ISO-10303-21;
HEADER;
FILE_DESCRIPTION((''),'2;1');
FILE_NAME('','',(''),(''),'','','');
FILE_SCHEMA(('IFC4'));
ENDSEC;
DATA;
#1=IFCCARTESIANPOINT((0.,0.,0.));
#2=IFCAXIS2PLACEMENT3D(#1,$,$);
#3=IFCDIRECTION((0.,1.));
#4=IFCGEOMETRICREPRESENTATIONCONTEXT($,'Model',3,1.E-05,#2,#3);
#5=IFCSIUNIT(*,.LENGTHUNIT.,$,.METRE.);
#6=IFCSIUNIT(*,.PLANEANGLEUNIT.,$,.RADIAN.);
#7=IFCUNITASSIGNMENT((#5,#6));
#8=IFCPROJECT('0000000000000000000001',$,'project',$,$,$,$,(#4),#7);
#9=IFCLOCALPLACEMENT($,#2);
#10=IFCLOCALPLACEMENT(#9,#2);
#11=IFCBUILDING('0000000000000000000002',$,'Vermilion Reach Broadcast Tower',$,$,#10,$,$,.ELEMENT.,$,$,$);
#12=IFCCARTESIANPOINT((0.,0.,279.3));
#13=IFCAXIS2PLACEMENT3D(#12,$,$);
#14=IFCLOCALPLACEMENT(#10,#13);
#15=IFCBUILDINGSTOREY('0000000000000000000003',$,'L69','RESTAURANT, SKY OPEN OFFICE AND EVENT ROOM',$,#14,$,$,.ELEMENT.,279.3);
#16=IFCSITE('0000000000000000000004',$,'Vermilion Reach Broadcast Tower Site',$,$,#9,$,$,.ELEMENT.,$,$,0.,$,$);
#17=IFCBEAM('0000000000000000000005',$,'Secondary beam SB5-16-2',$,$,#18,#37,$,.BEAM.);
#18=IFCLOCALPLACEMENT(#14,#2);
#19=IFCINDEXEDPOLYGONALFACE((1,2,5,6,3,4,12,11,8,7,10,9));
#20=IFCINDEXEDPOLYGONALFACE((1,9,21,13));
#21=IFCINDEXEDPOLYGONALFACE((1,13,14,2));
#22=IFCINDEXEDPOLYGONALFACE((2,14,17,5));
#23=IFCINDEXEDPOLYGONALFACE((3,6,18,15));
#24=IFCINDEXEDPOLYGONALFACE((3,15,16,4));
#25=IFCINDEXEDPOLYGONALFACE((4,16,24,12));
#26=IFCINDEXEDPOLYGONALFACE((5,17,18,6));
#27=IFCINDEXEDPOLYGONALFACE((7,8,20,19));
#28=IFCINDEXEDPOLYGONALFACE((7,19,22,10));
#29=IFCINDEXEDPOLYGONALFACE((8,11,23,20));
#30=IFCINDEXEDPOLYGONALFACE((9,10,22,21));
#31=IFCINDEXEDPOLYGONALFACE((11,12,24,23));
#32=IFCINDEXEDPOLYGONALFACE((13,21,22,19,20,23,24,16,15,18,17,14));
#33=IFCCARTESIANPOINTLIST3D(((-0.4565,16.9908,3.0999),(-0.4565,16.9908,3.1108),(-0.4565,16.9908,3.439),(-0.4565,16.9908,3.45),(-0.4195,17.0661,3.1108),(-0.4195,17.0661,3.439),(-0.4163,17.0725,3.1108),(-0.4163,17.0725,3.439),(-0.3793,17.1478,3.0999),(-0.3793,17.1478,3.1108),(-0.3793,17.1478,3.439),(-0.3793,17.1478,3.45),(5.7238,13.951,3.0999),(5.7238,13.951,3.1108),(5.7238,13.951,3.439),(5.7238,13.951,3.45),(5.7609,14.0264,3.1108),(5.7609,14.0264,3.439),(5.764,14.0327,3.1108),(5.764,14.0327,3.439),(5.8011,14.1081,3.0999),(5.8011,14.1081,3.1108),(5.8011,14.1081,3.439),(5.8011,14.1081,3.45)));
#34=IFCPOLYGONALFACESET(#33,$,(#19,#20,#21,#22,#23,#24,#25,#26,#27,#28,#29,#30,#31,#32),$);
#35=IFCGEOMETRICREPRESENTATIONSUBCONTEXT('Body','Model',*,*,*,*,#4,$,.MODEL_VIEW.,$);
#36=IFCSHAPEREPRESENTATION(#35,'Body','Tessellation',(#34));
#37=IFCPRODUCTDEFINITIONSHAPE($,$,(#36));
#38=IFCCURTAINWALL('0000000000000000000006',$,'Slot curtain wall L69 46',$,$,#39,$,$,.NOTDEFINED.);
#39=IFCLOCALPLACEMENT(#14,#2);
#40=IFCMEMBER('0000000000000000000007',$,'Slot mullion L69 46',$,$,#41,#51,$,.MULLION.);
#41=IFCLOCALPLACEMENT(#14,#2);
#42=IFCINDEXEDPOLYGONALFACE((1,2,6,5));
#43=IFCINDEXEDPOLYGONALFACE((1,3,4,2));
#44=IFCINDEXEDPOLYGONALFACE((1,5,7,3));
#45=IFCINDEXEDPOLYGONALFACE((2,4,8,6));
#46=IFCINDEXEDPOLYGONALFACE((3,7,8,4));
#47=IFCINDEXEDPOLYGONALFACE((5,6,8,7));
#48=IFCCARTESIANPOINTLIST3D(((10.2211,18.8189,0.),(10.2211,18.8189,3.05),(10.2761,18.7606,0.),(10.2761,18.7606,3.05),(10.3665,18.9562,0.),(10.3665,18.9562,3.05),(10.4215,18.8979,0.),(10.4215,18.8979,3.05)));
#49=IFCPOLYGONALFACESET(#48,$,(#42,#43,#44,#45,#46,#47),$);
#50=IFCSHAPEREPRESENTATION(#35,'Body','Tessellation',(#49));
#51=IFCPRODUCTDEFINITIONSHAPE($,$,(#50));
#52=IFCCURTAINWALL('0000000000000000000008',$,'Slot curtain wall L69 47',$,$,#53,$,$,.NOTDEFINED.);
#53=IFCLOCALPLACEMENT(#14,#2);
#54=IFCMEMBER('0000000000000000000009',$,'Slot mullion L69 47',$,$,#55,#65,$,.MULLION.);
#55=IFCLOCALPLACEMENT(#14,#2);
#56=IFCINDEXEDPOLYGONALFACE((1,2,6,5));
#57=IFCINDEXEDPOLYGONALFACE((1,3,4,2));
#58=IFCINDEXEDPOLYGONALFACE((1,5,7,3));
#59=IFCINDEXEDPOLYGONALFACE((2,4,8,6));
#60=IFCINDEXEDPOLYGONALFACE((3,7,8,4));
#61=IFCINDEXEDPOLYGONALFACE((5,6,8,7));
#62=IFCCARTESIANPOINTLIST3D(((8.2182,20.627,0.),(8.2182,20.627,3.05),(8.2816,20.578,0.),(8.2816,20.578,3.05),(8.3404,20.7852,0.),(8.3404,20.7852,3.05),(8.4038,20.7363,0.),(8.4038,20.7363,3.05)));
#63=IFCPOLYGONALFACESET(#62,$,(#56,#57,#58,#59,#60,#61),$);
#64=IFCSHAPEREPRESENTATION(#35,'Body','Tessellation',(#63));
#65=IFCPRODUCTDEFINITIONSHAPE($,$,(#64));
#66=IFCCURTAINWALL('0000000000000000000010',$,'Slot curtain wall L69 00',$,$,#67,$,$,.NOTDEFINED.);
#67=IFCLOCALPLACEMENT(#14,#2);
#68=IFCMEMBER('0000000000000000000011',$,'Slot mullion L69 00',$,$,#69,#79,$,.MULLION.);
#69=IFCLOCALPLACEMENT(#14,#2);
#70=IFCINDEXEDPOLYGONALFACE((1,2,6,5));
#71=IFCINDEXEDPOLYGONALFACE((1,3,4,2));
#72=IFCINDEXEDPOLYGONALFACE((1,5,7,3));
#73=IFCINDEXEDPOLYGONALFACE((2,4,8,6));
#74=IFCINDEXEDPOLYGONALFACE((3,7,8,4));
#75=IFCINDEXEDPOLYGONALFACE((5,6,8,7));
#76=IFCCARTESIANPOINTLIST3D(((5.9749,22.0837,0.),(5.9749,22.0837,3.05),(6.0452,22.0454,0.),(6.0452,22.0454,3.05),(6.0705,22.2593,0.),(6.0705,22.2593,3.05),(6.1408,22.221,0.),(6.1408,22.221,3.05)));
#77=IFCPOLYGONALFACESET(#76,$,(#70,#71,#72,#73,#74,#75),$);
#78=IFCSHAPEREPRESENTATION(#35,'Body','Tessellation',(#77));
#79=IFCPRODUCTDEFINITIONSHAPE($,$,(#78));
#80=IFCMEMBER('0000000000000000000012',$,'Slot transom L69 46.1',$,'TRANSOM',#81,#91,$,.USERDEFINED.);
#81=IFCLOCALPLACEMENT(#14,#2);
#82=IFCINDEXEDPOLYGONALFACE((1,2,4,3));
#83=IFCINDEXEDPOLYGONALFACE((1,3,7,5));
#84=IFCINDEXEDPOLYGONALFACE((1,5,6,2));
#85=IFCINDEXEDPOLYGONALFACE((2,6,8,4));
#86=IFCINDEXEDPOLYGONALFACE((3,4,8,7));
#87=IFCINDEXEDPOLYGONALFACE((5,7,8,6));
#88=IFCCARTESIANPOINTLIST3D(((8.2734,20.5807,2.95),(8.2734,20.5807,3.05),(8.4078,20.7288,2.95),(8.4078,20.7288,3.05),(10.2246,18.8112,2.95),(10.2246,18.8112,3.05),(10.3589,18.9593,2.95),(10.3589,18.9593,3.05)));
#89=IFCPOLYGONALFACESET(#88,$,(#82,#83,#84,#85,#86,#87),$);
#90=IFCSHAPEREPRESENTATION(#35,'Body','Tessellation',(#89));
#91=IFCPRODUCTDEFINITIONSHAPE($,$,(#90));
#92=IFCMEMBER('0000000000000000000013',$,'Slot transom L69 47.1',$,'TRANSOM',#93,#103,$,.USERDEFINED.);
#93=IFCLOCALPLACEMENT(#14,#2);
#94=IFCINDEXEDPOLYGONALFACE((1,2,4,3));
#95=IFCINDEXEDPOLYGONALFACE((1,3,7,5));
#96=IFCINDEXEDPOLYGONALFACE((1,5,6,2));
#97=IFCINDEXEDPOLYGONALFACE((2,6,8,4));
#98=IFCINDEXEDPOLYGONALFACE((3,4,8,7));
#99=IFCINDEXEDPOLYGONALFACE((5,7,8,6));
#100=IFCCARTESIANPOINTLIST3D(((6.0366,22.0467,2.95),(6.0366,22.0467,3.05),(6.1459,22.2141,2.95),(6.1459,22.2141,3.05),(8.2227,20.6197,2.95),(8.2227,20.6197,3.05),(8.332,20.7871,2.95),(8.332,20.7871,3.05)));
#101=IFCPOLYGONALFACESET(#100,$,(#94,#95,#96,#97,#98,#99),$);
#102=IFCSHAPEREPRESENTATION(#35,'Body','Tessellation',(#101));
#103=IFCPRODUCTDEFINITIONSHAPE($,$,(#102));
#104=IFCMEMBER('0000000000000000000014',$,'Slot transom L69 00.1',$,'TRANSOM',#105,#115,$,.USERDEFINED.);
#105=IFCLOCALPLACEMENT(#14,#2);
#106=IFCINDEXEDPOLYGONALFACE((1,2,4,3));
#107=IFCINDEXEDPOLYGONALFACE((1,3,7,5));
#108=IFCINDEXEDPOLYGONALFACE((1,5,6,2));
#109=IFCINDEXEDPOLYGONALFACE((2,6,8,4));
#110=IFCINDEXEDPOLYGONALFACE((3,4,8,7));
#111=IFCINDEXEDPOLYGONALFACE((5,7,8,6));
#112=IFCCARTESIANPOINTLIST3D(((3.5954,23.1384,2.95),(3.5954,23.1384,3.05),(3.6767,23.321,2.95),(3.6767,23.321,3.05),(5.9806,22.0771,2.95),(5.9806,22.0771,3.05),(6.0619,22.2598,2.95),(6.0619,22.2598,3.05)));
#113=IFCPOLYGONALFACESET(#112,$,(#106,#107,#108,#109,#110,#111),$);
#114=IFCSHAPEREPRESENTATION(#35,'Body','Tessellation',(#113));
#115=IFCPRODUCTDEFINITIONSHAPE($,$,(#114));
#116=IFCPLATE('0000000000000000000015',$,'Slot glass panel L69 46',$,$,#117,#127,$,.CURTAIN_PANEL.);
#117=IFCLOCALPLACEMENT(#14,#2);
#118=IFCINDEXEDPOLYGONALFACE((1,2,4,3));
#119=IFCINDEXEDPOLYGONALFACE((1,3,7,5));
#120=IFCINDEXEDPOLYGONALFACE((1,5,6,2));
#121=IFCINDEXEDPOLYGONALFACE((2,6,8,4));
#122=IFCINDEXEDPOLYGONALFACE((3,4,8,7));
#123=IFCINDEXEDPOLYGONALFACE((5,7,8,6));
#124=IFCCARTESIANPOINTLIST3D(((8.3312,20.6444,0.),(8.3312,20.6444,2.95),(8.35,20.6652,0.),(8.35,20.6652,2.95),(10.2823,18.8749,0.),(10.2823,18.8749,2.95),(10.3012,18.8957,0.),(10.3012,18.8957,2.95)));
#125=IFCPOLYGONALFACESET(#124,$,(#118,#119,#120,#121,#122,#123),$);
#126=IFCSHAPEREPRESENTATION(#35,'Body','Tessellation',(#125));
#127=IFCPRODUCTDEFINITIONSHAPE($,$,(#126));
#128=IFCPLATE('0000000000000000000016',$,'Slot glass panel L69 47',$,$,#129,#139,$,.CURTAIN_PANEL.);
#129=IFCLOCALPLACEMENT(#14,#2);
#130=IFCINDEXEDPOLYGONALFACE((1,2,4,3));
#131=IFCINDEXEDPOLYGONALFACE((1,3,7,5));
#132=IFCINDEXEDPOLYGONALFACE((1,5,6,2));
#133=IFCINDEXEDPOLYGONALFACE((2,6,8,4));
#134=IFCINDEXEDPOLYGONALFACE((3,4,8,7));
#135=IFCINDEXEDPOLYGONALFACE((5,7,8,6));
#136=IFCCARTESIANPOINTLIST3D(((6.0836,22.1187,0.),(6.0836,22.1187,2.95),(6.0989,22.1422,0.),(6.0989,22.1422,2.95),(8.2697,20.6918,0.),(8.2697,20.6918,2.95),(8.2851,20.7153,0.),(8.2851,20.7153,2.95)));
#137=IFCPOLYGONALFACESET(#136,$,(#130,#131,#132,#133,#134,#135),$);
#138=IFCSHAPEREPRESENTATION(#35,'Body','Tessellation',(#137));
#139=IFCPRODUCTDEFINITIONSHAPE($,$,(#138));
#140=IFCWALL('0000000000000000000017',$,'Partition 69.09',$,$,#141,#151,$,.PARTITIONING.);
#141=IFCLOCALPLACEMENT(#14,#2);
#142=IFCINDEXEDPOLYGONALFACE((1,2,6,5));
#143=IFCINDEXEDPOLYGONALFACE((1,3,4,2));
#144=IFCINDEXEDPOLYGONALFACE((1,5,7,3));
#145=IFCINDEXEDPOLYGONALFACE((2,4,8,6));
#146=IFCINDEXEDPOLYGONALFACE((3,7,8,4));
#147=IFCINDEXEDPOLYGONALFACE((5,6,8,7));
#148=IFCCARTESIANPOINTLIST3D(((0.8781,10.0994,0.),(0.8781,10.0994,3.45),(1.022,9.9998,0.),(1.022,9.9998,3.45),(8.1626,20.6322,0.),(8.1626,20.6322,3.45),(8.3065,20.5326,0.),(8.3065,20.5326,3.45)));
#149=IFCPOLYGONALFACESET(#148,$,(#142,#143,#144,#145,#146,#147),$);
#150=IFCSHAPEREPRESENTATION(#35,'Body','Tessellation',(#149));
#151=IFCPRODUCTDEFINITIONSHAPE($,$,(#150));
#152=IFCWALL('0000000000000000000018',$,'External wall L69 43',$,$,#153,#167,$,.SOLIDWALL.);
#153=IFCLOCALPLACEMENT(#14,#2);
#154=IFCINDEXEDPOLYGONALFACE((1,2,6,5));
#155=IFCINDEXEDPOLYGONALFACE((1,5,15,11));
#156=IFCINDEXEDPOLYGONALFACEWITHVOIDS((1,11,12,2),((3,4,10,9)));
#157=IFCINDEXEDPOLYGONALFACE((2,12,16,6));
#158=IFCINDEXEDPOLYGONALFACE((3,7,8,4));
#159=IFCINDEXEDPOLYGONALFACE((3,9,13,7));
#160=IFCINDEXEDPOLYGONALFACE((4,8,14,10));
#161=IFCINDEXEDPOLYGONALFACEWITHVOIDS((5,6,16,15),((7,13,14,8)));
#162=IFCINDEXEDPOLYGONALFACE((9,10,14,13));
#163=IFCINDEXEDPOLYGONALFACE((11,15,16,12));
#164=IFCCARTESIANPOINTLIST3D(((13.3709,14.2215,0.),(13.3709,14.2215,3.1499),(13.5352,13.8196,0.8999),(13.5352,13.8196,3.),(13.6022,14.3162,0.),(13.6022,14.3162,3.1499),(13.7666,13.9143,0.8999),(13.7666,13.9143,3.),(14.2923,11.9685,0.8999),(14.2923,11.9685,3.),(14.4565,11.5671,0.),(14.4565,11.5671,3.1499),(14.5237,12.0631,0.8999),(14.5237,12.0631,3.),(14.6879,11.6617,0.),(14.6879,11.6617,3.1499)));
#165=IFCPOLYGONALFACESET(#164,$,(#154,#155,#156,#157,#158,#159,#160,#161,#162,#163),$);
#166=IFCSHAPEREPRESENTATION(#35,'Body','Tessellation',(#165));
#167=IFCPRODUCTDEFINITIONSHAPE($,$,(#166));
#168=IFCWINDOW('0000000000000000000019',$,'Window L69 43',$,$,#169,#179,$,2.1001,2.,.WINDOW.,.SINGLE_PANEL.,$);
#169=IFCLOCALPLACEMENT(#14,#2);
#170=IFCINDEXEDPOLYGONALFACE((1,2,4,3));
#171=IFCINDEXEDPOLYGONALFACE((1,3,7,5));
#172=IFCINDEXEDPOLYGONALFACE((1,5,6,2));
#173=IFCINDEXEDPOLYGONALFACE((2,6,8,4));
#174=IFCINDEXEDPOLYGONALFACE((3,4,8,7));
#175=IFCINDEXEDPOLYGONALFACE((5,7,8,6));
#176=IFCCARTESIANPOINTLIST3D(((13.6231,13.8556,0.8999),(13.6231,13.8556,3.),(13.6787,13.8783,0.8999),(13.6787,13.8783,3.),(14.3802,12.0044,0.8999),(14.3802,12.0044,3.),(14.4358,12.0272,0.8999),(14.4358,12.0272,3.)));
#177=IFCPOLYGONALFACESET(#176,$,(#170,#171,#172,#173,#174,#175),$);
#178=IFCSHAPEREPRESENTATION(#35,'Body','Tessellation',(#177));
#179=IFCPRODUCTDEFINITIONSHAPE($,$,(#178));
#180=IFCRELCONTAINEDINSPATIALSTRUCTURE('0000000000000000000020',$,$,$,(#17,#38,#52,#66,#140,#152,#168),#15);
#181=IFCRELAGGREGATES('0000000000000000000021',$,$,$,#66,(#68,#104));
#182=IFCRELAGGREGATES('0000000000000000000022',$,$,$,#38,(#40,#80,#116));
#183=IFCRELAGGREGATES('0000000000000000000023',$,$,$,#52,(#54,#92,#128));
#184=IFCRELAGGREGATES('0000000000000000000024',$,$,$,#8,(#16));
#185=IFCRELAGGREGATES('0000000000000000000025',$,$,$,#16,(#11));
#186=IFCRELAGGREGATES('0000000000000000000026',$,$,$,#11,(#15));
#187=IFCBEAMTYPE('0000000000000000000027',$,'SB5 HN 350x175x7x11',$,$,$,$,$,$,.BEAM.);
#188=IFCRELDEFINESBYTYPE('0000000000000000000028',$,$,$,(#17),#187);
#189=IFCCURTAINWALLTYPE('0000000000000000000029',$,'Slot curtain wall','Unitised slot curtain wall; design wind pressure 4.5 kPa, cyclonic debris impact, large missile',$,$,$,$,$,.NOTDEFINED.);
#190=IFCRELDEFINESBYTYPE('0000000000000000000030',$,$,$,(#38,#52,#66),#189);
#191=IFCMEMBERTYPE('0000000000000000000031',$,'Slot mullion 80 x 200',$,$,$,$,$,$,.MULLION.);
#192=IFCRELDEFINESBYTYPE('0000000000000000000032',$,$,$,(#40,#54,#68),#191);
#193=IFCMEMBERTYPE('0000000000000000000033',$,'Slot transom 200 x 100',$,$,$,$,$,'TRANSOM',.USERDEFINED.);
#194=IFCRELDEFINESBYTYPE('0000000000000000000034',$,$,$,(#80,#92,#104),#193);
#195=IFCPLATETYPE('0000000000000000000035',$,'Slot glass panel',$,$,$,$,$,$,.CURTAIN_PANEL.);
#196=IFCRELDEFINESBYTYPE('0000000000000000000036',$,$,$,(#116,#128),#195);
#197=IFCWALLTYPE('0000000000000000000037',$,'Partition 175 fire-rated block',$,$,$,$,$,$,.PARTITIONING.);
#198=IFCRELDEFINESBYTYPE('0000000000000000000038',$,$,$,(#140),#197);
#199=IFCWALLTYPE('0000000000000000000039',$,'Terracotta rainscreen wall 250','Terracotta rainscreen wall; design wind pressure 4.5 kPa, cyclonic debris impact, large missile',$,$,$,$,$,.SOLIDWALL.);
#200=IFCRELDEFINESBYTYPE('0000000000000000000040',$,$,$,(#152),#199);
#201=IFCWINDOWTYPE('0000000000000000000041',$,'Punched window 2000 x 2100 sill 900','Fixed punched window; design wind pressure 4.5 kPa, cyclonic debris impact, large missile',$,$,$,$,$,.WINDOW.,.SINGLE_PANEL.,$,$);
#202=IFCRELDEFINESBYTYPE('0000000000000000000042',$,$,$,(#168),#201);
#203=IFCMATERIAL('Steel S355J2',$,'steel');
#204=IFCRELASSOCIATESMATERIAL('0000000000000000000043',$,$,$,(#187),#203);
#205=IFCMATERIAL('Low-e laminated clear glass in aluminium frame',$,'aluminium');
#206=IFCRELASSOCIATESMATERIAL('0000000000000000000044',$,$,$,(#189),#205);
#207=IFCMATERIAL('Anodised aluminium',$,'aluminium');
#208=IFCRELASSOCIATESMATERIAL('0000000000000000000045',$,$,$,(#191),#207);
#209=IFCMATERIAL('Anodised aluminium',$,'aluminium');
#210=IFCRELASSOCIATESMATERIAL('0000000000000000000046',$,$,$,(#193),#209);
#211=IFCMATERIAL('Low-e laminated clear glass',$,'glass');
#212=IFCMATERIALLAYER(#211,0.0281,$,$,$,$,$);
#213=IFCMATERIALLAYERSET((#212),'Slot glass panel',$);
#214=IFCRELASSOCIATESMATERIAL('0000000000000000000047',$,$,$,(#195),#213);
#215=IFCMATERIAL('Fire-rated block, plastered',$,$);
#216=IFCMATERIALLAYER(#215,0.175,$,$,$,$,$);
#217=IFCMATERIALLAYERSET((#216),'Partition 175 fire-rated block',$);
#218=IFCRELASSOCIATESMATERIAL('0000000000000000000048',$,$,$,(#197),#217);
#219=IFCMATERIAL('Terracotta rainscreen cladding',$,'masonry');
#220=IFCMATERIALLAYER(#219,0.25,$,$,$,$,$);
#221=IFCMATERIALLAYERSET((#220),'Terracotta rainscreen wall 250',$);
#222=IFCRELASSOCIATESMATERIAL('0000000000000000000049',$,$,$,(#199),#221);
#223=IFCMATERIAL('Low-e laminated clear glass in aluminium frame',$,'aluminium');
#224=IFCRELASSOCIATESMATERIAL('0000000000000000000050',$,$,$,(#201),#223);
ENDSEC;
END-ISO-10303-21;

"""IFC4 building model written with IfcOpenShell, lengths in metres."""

from ifc_helpers import new_model, si_unit, direction, frame, frame_2d, origin, origin_2d, place, context, subcontext, project, spatial, rectangle, i_section, extrude, material, layer, layer_set, material_profile, profile_set, type_object, element, fill, aggregate, save


model = new_model("IFC4")

# Units and contexts
model_context = context("Model", 3, precision=1e-05, world=origin(), true_north=direction((0.0, 1.0)))
body_context = subcontext(model_context, "Body", "Model", "MODEL_VIEW")
ifc_project = project(units=[si_unit("LENGTHUNIT", "METRE"), si_unit("PLANEANGLEUNIT", "RADIAN")], contexts=[model_context])

# Site, building, storey
site_placement = place(None, origin())
site = spatial("IfcSite", under=ifc_project, at=site_placement, Name="Vermilion Reach Broadcast Tower Site", CompositionType="ELEMENT", RefElevation=0.0)
building_placement = place(site_placement, origin())
building = spatial("IfcBuilding", under=site, at=building_placement, Name="Vermilion Reach Broadcast Tower", CompositionType="ELEMENT")
storey_placement = place(building_placement, frame((0.0, 0.0, 279.3)))
storey = spatial("IfcBuildingStorey", under=building, at=storey_placement, Name="L69", Description="RESTAURANT, SKY OPEN OFFICE AND EVENT ROOM", CompositionType="ELEMENT", Elevation=279.3)

# Beam
ifc_material_1 = material(Name="Steel S355J2", Category="steel")
ifc_material_profile_1 = material_profile(ifc_material_1, i_section(OverallWidth=0.175, OverallDepth=0.3501, WebThickness=0.0071, FlangeThickness=0.011, at=origin_2d()), Name="S355J2 HN 350x175x7x11")
ifc_profile_set_1 = profile_set([ifc_material_profile_1], Name="Steel S355J2")
beam_type_1 = type_object("IfcBeamType", Name="SB5 HN 350x175x7x11", PredefinedType="BEAM", material=ifc_profile_set_1)
beam_1_placement = place(storey_placement, frame((5.7625, 14.0295, 3.2749), z_axis=(-0.897336, 0.441348, 0.0), x_axis=(-0.441348, -0.897336, 0.0)))
element("IfcBeam", 1, at=beam_1_placement, inside=storey, type_object=beam_type_1, Name="Secondary beam SB5-16-2", PredefinedType="BEAM", context=body_context, shape_type="SweptSolid", body=[
    extrude(i_section(OverallWidth=0.175, OverallDepth=0.3501, WebThickness=0.0071, FlangeThickness=0.011, at=origin_2d()), origin(), (0.0, 0.0, 1.0), 6.8875),
])

# Curtain walls, members
ifc_material_2 = material(Name="Low-e laminated clear glass in aluminium frame", Category="aluminium")
curtain_wall_type = type_object("IfcCurtainWallType", Name="Slot curtain wall", Description="Unitised slot curtain wall; design wind pressure 4.5 kPa, cyclonic debris impact, large missile", PredefinedType="NOTDEFINED", material=ifc_material_2)
placement = place(storey_placement, origin())
curtain_wall_1 = element("IfcCurtainWall", 2, at=placement, inside=storey, type_object=curtain_wall_type, Name="Slot curtain wall L69 46", PredefinedType="NOTDEFINED")
ifc_material_3 = material(Name="Anodised aluminium", Category="aluminium")
ifc_material_profile_2 = material_profile(ifc_material_3, rectangle(XDim=0.2, YDim=0.0801, at=origin_2d()), Name="Slot mullion 80 x 200")
ifc_profile_set_2 = profile_set([ifc_material_profile_2], Name="Anodised aluminium")
member_type_1 = type_object("IfcMemberType", Name="Slot mullion 80 x 200", PredefinedType="MULLION", material=ifc_profile_set_2)
member_1_placement = place(storey_placement, frame((10.3213, 18.8584, 0.0), z_axis=(0.0, 0.0, 1.0), x_axis=(-0.726976, -0.686663, 0.0)))
member_1 = element("IfcMember", 3, at=member_1_placement, type_object=member_type_1, Name="Slot mullion L69 46", PredefinedType="MULLION", context=body_context, shape_type="SweptSolid", body=[
    extrude(rectangle(XDim=0.2, YDim=0.0801, at=origin_2d()), origin(), (0.0, 0.0, 1.0), 3.05),
])
curtain_wall_2 = element("IfcCurtainWall", 4, at=placement, inside=storey, type_object=curtain_wall_type, Name="Slot curtain wall L69 47", PredefinedType="NOTDEFINED")
member_2_placement = place(storey_placement, frame((8.311, 20.6816, 0.0), z_axis=(0.0, 0.0, 1.0), x_axis=(-0.611098, -0.791555, 0.0)))
member_2 = element("IfcMember", 5, at=member_2_placement, type_object=member_type_1, Name="Slot mullion L69 47", PredefinedType="MULLION", context=body_context, shape_type="SweptSolid", body=[
    extrude(rectangle(XDim=0.2, YDim=0.0801, at=origin_2d()), origin(), (0.0, 0.0, 1.0), 3.05),
])
curtain_wall_3 = element("IfcCurtainWall", 6, at=placement, inside=storey, type_object=curtain_wall_type, Name="Slot curtain wall L69 00", PredefinedType="NOTDEFINED")
member_3_placement = place(storey_placement, frame((6.0579, 22.1523, 0.0), z_axis=(0.0, 0.0, 1.0), x_axis=(-0.478079, -0.878317, 0.0)))
member_3 = element("IfcMember", 7, at=member_3_placement, type_object=member_type_1, Name="Slot mullion L69 00", PredefinedType="MULLION", context=body_context, shape_type="SweptSolid", body=[
    extrude(rectangle(XDim=0.2, YDim=0.0801, at=origin_2d()), origin(), (0.0, 0.0, 1.0), 3.05),
])

# Members
ifc_material_4 = material(Name="Anodised aluminium", Category="aluminium")
ifc_material_profile_3 = material_profile(ifc_material_4, rectangle(XDim=0.2, YDim=0.1001, at=origin_2d()), Name="Slot transom 200 x 100")
ifc_profile_set_3 = profile_set([ifc_material_profile_3], Name="Anodised aluminium")
member_type_2 = type_object("IfcMemberType", Name="Slot transom 200 x 100", ElementType="TRANSOM", PredefinedType="USERDEFINED", material=ifc_profile_set_3)
member_4_placement = place(storey_placement, frame((10.2917, 18.8853, 3.0), z_axis=(-0.740745, 0.671787, 0.0), x_axis=(-0.671787, -0.740745, 0.0)))
member_4 = element("IfcMember", 8, at=member_4_placement, type_object=member_type_2, Name="Slot transom L69 46.1", ObjectType="TRANSOM", PredefinedType="USERDEFINED", context=body_context, shape_type="SweptSolid", body=[
    extrude(rectangle(XDim=0.2, YDim=0.1001, at=origin_2d()), origin(), (0.0, 0.0, 1.0), 2.634),
])
member_5_placement = place(storey_placement, frame((8.2773, 20.7034, 3.0), z_axis=(-0.837378, 0.546624, 0.0), x_axis=(-0.546624, -0.837378, 0.0)))
member_5 = element("IfcMember", 9, at=member_5_placement, type_object=member_type_2, Name="Slot transom L69 47.1", ObjectType="TRANSOM", PredefinedType="USERDEFINED", context=body_context, shape_type="SweptSolid", body=[
    extrude(rectangle(XDim=0.2, YDim=0.1001, at=origin_2d()), origin(), (0.0, 0.0, 1.0), 2.6106),
])
member_6_placement = place(storey_placement, frame((6.0212, 22.1685, 3.0), z_axis=(-0.913646, 0.406512, 0.0), x_axis=(-0.406512, -0.913646, 0.0)))
member_6 = element("IfcMember", 10, at=member_6_placement, type_object=member_type_2, Name="Slot transom L69 00.1", ObjectType="TRANSOM", PredefinedType="USERDEFINED", context=body_context, shape_type="SweptSolid", body=[
    extrude(rectangle(XDim=0.2, YDim=0.1001, at=origin_2d()), origin(), (0.0, 0.0, 1.0), 2.6106),
])
aggregate(curtain_wall_3, [member_3, member_6])

# Plates
ifc_material_5 = material(Name="Low-e laminated clear glass", Category="glass")
ifc_layer_1 = layer(ifc_material_5, 0.0281)
ifc_layer_set_1 = layer_set([ifc_layer_1], Name="Slot glass panel")
plate_type = type_object("IfcPlateType", Name="Slot glass panel", PredefinedType="CURTAIN_PANEL", material=ifc_layer_set_1)
plate_1_placement = place(storey_placement, frame((9.3162, 19.77, 0.0), z_axis=(0.0, 0.0, 1.0), x_axis=(-0.740751, 0.67178, 0.0)))
plate_1 = element("IfcPlate", 11, at=plate_1_placement, type_object=plate_type, Name="Slot glass panel L69 46", PredefinedType="CURTAIN_PANEL", context=body_context, shape_type="SweptSolid", body=[
    extrude(rectangle(XDim=2.634, YDim=0.0281, at=origin_2d()), origin(), (0.0, 0.0, 1.0), 2.95),
])
aggregate(curtain_wall_1, [member_1, member_4, plate_1])
plate_2_placement = place(storey_placement, frame((7.1843, 21.417, 0.0), z_axis=(0.0, 0.0, 1.0), x_axis=(-0.837402, 0.546588, 0.0)))
plate_2 = element("IfcPlate", 12, at=plate_2_placement, type_object=plate_type, Name="Slot glass panel L69 47", PredefinedType="CURTAIN_PANEL", context=body_context, shape_type="SweptSolid", body=[
    extrude(rectangle(XDim=2.6106, YDim=0.0281, at=origin_2d()), origin(), (0.0, 0.0, 1.0), 2.95),
])
aggregate(curtain_wall_2, [member_2, member_5, plate_2])

# Wall
ifc_material_6 = material(Name="Fire-rated block, plastered")
ifc_layer_2 = layer(ifc_material_6, 0.175)
ifc_layer_set_2 = layer_set([ifc_layer_2], Name="Partition 175 fire-rated block")
wall_type_1 = type_object("IfcWallType", Name="Partition 175 fire-rated block", PredefinedType="PARTITIONING", material=ifc_layer_set_2)
wall_1_placement = place(storey_placement, frame((8.2346, 20.5825, 0.0), z_axis=(0.0, 0.0, 1.0), x_axis=(-0.568816, -0.822465, 0.0)))
element("IfcWall", 13, at=wall_1_placement, inside=storey, type_object=wall_type_1, Name="Partition 69.09", PredefinedType="PARTITIONING", context=body_context, shape_type="SweptSolid", body=[
    extrude(rectangle(XDim=12.8064, YDim=0.175, at=frame_2d((6.4033, 0.0))), origin(), (0.0, 0.0, 1.0), 3.45),
])

# Wall, opening, window
ifc_material_7 = material(Name="Terracotta rainscreen cladding", Category="masonry")
ifc_layer_3 = layer(ifc_material_7, 0.25)
ifc_layer_set_3 = layer_set([ifc_layer_3], Name="Terracotta rainscreen wall 250")
wall_type_2 = type_object("IfcWallType", Name="Terracotta rainscreen wall 250", Description="Terracotta rainscreen wall; design wind pressure 4.5 kPa, cyclonic debris impact, large missile", PredefinedType="SOLIDWALL", material=ifc_layer_set_3)
wall_2_placement = place(storey_placement, frame((14.5723, 11.6143, 0.0), z_axis=(0.0, 0.0, 1.0), x_axis=(-0.378557, 0.925578, 0.0)))
wall_2 = element("IfcWall", 14, at=wall_2_placement, inside=storey, type_object=wall_type_2, Name="External wall L69 43", PredefinedType="SOLIDWALL", context=body_context, shape_type="SweptSolid", body=[
    extrude(rectangle(XDim=2.8679, YDim=0.25, at=frame_2d((1.4341, 0.0))), origin(), (0.0, 0.0, 1.0), 3.1499),
])
opening_1_placement = place(wall_2_placement, frame((0.4338, 0.0, 0.8999)))
opening_1 = element("IfcOpeningElement", 15, at=opening_1_placement, cuts=wall_2, PredefinedType="OPENING", context=body_context, shape_type="SweptSolid", body=[
    extrude(rectangle(XDim=2.0, YDim=2.1001, at=frame_2d((1.0, 1.05))), frame((0.0, 0.135, 0.0), z_axis=(0.0, -1.0, 0.0), x_axis=(1.0, 0.0, 0.0)), (0.0, 0.0, 1.0), 0.27),
])
ifc_material_8 = material(Name="Low-e laminated clear glass in aluminium frame", Category="aluminium")
window_type = type_object("IfcWindowType", Name="Punched window 2000 x 2100 sill 900", Description="Fixed punched window; design wind pressure 4.5 kPa, cyclonic debris impact, large missile", PartitioningType="SINGLE_PANEL", PredefinedType="WINDOW", material=ifc_material_8)
window_placement = place(opening_1_placement, origin())
window = element("IfcWindow", 16, at=window_placement, inside=storey, type_object=window_type, Name="Window L69 43", OverallHeight=2.1001, OverallWidth=2.0, PartitioningType="SINGLE_PANEL", PredefinedType="WINDOW", context=body_context, shape_type="SweptSolid", body=[
    extrude(rectangle(XDim=2.0, YDim=2.1001, at=frame_2d((1.0, 1.05))), frame((0.0, 0.03, 0.0), z_axis=(0.0, -1.0, 0.0), x_axis=(1.0, 0.0, 0.0)), (0.0, 0.0, 1.0), 0.0601),
])
fill(opening_1, window)

save(model, "model.ifc")
